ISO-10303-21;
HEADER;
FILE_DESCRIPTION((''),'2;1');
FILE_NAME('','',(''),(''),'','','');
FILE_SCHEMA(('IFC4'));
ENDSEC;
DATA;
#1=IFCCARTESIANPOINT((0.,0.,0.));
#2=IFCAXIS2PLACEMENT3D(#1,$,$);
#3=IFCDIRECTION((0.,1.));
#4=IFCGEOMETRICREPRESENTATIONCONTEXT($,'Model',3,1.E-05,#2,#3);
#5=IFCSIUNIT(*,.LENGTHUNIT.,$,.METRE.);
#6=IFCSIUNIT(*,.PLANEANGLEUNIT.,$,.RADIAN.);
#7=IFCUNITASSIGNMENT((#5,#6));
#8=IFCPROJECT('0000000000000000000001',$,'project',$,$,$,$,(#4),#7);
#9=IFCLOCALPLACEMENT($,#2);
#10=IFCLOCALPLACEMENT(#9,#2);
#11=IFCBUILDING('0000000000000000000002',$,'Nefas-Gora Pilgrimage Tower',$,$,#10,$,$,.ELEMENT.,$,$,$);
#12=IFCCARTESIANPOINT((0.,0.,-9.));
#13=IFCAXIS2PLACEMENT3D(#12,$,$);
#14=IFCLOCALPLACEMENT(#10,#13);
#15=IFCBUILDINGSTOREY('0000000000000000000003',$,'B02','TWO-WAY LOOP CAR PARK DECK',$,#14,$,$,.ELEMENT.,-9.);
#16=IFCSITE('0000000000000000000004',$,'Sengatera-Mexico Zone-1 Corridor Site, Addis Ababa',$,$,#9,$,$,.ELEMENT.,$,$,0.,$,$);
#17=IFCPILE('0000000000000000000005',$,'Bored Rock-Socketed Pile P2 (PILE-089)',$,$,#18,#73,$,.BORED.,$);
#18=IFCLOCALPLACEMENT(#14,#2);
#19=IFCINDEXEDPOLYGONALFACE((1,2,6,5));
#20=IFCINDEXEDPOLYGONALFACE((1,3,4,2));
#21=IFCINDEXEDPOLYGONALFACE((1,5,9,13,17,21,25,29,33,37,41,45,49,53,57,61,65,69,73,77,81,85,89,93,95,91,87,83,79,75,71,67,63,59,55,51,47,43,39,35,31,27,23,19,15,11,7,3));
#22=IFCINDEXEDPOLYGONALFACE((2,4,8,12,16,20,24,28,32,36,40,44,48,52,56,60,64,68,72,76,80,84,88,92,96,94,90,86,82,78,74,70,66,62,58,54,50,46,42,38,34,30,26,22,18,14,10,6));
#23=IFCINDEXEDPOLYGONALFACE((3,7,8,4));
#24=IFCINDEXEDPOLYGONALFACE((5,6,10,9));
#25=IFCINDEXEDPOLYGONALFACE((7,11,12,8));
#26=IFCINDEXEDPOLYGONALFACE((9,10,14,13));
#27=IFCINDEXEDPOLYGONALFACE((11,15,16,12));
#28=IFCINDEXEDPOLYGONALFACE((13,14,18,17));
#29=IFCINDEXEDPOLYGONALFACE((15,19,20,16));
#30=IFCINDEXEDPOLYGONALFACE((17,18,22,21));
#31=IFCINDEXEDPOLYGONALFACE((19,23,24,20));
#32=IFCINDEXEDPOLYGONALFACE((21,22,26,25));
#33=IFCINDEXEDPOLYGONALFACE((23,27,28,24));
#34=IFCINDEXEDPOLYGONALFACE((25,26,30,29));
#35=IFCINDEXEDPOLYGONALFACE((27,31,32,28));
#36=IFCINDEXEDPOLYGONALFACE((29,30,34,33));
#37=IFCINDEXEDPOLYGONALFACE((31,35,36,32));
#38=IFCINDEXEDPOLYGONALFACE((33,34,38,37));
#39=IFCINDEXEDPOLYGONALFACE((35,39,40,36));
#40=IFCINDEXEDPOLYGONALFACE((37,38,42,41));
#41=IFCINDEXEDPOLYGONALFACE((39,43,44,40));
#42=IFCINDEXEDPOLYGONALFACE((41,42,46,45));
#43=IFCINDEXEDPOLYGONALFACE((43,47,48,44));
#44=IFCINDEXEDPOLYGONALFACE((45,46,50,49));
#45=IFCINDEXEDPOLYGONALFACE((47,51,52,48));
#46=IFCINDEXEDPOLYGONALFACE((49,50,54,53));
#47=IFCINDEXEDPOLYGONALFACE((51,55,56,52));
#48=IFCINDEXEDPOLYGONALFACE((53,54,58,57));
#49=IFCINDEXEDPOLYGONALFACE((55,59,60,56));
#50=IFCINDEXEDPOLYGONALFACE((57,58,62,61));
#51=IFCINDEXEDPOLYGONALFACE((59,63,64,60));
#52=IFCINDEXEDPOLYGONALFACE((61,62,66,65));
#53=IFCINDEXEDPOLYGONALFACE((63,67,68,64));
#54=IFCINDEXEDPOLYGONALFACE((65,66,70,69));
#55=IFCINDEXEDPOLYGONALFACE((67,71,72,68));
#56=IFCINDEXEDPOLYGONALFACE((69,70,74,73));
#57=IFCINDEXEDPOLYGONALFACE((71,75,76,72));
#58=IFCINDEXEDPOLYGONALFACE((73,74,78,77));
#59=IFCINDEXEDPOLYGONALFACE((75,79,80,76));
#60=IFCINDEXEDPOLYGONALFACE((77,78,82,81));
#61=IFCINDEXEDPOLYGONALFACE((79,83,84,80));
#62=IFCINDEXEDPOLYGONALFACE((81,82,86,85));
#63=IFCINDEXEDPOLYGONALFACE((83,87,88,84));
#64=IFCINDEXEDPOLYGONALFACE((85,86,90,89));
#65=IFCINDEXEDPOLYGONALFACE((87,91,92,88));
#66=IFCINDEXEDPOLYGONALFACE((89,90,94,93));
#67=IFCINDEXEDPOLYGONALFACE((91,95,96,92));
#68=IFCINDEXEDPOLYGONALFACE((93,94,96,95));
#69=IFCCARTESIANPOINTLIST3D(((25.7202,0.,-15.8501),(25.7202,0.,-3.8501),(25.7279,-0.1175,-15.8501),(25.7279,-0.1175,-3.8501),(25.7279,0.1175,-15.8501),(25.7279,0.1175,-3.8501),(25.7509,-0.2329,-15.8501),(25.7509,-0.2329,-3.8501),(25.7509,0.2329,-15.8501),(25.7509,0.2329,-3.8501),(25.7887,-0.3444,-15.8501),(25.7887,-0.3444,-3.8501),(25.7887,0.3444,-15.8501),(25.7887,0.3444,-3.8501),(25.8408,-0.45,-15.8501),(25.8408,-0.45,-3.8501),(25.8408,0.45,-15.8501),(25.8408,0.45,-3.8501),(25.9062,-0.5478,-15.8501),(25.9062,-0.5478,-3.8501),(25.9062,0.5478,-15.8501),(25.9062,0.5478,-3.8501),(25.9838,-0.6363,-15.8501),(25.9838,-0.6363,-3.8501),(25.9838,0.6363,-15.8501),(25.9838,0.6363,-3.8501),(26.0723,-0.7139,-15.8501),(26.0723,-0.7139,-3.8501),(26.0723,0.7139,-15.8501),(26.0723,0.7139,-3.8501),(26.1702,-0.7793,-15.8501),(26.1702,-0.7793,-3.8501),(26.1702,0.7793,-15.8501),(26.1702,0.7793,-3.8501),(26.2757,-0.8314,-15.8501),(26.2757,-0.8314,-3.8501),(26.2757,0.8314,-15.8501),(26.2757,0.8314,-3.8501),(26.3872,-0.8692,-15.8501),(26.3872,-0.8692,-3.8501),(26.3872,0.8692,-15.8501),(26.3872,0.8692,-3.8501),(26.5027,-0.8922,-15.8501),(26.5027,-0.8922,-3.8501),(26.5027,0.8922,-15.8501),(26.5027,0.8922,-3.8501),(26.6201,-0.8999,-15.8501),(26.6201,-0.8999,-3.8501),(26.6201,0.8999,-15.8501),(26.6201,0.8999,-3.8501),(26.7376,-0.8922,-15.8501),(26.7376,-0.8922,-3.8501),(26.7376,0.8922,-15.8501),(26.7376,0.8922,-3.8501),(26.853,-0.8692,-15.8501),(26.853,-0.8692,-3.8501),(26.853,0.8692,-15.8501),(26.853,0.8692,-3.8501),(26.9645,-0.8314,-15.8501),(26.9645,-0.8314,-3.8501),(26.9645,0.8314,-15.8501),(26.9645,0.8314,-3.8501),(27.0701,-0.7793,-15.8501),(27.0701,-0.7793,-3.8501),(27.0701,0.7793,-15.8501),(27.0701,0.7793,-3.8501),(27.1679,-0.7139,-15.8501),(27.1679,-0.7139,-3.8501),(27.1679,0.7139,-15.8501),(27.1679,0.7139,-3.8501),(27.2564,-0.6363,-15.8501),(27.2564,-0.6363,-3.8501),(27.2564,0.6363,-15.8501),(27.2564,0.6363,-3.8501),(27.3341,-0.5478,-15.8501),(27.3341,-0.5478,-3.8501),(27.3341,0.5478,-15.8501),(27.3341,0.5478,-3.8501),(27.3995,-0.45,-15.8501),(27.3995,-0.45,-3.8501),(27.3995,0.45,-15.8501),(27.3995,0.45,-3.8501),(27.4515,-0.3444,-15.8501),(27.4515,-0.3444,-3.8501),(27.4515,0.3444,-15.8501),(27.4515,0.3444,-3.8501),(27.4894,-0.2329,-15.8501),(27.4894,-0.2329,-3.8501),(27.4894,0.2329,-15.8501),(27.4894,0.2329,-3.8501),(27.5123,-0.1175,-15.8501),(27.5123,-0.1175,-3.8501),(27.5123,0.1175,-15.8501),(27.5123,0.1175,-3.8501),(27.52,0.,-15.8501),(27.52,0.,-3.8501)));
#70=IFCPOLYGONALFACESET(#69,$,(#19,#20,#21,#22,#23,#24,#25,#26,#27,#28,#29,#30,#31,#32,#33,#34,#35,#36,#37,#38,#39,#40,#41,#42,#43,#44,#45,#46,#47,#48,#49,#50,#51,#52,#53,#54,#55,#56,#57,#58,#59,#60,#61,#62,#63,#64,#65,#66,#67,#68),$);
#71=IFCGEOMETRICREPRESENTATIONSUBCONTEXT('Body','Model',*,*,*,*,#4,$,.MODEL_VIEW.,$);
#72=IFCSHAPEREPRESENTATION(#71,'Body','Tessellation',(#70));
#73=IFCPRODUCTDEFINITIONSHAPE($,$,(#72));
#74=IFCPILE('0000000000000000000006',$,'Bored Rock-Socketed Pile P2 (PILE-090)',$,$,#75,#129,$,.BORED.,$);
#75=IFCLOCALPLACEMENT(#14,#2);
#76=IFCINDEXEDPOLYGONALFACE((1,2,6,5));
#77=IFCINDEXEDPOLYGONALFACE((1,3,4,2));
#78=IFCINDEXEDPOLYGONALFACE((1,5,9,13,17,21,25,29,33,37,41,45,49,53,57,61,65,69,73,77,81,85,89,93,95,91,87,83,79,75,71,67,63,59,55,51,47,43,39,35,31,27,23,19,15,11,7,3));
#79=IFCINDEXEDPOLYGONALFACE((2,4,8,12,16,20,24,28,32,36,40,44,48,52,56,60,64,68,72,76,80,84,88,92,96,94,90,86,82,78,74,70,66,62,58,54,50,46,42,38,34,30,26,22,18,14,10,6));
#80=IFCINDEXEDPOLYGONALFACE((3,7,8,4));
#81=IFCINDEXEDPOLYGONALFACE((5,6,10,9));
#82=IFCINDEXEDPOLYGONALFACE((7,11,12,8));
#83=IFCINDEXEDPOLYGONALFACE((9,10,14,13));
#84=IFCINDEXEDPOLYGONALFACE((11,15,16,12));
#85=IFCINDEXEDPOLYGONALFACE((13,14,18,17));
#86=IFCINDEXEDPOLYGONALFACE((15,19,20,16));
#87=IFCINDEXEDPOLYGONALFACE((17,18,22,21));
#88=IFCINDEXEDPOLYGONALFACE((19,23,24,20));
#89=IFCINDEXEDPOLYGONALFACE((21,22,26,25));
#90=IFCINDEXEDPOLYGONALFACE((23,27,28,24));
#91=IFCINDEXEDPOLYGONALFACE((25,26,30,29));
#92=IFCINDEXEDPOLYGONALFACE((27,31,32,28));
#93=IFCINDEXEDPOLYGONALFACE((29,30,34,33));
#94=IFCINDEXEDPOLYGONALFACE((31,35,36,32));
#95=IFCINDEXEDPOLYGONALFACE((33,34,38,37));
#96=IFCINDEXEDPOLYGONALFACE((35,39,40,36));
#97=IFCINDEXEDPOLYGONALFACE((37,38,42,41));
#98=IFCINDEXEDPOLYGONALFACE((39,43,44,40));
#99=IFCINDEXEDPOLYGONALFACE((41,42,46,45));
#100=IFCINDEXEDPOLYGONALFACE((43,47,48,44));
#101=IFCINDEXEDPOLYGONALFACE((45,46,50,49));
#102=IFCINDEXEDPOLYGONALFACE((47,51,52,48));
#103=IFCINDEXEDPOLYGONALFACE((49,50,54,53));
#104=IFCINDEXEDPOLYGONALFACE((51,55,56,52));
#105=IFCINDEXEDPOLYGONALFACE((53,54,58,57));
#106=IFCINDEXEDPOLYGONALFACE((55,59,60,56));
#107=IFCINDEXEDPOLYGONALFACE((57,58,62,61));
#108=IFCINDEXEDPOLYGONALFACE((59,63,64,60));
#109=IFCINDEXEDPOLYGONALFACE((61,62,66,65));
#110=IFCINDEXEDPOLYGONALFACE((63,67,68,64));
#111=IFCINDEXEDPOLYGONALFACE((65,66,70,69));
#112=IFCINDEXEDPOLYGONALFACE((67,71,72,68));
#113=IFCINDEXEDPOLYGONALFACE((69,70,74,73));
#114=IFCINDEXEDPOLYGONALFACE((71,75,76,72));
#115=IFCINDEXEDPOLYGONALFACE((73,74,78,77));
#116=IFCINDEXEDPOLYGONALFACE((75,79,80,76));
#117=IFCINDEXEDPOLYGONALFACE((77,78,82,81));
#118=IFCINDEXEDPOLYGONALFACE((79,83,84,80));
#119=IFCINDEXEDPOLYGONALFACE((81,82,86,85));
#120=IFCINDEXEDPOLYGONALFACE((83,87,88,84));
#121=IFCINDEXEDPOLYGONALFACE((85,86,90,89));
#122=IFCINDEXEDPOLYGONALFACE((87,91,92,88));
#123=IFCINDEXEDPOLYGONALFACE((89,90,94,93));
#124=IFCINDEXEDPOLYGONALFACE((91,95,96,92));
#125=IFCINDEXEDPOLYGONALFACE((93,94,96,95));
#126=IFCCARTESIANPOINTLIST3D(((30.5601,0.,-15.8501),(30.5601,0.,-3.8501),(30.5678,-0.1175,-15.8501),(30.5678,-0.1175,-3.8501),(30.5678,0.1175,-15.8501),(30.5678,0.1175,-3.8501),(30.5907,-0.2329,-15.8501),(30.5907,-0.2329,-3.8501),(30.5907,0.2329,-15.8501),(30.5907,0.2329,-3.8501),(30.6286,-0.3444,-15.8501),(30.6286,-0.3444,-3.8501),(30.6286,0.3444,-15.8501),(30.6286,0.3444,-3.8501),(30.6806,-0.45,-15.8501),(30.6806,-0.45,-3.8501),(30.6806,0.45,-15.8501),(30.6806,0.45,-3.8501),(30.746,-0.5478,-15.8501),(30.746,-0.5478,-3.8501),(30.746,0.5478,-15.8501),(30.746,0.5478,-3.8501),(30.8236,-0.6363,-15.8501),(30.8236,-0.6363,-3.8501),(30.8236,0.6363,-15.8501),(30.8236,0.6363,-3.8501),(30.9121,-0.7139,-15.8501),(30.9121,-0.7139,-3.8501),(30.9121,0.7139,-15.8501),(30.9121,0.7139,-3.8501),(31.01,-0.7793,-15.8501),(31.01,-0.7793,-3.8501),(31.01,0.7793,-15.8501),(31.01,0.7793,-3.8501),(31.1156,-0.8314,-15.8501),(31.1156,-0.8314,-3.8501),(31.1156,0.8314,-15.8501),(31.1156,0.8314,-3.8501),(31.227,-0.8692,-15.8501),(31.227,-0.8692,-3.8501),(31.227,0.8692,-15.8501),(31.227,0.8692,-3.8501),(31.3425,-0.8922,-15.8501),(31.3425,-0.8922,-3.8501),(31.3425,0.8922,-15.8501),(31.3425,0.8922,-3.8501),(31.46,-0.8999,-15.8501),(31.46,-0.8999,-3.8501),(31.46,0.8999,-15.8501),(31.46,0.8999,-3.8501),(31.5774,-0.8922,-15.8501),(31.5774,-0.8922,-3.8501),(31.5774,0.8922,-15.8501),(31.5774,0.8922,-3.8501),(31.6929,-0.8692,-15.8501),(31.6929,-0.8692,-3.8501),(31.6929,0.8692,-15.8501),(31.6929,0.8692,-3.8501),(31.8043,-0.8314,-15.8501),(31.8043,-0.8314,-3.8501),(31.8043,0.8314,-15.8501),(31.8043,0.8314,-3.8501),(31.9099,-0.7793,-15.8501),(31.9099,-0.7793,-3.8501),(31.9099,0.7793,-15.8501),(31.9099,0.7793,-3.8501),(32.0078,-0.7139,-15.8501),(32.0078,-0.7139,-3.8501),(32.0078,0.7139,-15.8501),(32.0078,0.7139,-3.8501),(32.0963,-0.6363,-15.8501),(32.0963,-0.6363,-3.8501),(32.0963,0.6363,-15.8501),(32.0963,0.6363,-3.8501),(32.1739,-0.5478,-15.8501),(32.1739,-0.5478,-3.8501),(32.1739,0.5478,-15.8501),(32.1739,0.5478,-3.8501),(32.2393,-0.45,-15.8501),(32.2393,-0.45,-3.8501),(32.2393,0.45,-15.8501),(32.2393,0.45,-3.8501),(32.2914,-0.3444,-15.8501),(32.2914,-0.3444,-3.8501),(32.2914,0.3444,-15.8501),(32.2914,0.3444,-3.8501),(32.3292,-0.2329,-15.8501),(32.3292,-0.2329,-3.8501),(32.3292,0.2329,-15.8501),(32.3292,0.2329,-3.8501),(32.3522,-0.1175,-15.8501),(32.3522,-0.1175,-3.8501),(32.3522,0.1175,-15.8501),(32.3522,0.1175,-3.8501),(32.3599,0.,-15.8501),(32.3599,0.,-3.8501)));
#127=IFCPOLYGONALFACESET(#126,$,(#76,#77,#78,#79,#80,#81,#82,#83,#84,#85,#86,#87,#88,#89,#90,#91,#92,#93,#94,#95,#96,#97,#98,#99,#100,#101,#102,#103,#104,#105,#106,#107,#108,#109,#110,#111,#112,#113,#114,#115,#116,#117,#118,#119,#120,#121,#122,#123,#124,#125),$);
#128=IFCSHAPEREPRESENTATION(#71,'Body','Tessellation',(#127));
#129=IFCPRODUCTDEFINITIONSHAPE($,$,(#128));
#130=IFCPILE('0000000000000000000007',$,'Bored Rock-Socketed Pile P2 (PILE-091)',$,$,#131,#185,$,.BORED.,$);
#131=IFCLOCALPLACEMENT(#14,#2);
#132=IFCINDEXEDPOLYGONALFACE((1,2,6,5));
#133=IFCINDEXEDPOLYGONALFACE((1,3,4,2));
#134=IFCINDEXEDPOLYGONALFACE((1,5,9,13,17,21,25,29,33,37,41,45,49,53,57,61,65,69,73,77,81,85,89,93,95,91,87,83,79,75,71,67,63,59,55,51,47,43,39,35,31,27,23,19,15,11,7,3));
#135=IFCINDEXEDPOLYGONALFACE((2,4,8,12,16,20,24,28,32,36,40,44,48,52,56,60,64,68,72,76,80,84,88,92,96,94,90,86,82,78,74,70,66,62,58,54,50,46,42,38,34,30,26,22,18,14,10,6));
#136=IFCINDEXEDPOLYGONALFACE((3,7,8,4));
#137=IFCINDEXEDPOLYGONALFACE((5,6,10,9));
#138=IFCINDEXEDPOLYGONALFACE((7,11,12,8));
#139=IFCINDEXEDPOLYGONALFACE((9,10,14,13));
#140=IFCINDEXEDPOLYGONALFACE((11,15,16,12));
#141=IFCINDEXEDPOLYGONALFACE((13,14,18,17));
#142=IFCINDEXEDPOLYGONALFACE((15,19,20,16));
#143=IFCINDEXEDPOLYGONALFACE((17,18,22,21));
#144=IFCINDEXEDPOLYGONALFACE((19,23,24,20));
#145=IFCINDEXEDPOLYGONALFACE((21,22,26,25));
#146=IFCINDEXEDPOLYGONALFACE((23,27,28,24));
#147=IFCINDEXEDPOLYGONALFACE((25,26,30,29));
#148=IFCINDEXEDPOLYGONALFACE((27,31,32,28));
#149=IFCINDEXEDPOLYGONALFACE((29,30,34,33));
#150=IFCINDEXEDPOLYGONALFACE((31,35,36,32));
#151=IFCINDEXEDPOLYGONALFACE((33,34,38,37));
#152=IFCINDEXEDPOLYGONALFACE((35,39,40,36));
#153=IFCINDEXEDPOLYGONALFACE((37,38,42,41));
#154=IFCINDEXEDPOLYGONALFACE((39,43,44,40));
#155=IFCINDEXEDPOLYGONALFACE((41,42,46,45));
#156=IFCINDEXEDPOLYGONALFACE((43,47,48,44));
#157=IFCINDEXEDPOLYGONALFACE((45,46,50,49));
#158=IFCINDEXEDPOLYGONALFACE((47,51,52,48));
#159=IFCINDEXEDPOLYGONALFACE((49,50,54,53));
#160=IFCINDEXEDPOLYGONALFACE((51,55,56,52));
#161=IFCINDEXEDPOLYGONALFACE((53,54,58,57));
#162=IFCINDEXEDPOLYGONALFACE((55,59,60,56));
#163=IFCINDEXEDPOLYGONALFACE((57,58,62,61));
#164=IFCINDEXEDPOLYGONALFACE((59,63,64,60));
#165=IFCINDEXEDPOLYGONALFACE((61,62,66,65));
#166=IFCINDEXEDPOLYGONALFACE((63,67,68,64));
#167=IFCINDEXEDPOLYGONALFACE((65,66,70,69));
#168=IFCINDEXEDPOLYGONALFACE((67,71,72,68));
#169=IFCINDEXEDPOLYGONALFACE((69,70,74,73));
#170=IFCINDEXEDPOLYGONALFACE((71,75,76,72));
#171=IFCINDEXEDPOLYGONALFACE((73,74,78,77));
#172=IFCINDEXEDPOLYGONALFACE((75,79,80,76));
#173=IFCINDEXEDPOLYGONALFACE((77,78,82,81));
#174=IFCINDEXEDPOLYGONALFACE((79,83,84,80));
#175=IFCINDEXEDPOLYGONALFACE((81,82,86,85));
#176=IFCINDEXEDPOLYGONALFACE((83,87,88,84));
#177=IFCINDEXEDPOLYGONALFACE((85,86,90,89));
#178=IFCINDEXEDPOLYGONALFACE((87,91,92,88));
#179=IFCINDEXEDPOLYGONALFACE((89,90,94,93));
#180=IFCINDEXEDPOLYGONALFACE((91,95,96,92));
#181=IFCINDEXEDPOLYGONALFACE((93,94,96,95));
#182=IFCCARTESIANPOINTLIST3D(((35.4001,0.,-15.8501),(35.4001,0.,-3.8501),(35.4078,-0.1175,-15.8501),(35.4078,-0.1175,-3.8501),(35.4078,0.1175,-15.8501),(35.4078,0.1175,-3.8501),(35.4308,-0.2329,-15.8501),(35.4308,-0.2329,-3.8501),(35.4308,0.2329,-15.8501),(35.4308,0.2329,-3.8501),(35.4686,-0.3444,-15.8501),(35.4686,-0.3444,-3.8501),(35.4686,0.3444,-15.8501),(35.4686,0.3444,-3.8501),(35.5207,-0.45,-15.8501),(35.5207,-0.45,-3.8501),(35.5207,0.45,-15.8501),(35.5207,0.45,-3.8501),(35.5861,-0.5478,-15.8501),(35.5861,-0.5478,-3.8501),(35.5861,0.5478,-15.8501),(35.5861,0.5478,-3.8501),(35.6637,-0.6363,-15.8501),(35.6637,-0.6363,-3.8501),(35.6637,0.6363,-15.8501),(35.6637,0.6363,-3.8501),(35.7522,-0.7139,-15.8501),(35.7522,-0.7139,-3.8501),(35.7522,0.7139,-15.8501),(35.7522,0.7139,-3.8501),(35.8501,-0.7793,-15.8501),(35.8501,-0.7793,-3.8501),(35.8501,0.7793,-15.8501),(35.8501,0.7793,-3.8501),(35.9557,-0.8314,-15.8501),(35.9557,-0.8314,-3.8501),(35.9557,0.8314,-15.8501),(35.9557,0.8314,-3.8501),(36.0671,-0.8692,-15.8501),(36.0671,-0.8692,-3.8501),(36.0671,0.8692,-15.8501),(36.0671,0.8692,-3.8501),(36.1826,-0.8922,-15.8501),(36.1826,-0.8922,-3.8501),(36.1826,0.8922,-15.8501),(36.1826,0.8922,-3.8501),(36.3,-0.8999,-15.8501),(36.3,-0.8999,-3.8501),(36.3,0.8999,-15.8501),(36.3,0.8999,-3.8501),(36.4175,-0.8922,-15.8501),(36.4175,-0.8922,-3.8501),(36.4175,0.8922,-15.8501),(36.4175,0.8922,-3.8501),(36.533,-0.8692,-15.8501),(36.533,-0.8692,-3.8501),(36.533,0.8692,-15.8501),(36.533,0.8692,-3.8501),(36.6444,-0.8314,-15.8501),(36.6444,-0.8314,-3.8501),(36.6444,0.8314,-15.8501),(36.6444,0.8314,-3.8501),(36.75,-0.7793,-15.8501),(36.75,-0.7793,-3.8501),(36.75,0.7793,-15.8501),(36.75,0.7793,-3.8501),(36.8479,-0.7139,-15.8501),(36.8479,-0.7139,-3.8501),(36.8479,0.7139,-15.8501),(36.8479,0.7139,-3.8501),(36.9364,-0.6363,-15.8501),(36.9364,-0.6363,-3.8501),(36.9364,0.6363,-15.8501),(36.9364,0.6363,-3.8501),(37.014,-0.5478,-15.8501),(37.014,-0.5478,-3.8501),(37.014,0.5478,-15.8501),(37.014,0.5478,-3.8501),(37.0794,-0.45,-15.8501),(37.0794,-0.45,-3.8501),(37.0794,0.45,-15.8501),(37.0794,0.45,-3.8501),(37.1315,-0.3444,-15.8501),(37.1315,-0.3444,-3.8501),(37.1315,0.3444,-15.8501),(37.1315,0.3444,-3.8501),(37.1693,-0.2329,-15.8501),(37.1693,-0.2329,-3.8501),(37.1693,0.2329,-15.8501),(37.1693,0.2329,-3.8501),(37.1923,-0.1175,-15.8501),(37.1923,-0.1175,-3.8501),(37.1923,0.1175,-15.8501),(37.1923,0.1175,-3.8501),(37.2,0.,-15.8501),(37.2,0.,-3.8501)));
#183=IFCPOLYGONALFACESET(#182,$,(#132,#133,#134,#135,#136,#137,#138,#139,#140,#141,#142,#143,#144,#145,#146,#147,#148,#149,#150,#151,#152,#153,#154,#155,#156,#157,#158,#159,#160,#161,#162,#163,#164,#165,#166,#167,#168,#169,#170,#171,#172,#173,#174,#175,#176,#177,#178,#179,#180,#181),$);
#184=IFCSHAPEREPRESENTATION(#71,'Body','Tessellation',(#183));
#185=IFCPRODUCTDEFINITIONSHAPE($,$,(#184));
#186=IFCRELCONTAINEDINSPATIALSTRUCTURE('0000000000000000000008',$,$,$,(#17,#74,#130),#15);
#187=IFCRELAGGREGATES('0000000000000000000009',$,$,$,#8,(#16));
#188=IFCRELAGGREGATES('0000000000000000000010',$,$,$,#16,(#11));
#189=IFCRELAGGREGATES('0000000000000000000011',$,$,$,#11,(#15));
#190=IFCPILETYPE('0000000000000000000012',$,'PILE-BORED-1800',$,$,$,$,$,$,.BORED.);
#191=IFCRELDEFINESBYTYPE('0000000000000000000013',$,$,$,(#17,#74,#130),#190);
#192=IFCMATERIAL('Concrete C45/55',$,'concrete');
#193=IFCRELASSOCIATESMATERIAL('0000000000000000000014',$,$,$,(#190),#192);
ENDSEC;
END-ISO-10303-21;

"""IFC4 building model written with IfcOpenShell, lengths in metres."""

from ifc_helpers import new_model, si_unit, direction, frame, origin, origin_2d, place, context, subcontext, project, spatial, circle, extrude, source, transform, mapped, material, material_profile, profile_set, type_object, element, save


model = new_model("IFC4")

# Units and contexts
model_context = context("Model", 3, precision=1e-05, world=origin(), true_north=direction((0.0, 1.0)))
body_context = subcontext(model_context, "Body", "Model", "MODEL_VIEW")
ifc_project = project(units=[si_unit("LENGTHUNIT", "METRE"), si_unit("PLANEANGLEUNIT", "RADIAN")], contexts=[model_context])

# Site, building, storey
site_placement = place(None, origin())
site = spatial("IfcSite", under=ifc_project, at=site_placement, Name="Sengatera-Mexico Zone-1 Corridor Site, Addis Ababa", CompositionType="ELEMENT", RefElevation=0.0)
building_placement = place(site_placement, origin())
building = spatial("IfcBuilding", under=site, at=building_placement, Name="Nefas-Gora Pilgrimage Tower", CompositionType="ELEMENT")
storey_placement = place(building_placement, frame((0.0, 0.0, -9.0)))
storey = spatial("IfcBuildingStorey", under=building, at=storey_placement, Name="B02", Description="TWO-WAY LOOP CAR PARK DECK", CompositionType="ELEMENT", Elevation=-9.0)

# Piles
ifc_material_1 = material(Name="Concrete C45/55", Category="concrete")
ifc_material_profile_1 = material_profile(ifc_material_1, circle(Radius=0.8999, at=origin_2d()), Name="PILE D1800")
ifc_profile_set_1 = profile_set([ifc_material_profile_1], Name="Concrete C45/55")
pile_type = type_object("IfcPileType", Name="PILE-BORED-1800", PredefinedType="BORED", material=ifc_profile_set_1)
shared_shape_1 = source(origin(), body_context, "Body", "SweptSolid", [
    extrude(circle(Radius=0.8999, at=origin_2d()), origin(), (0.0, 0.0, 1.0), 12.0),
])
for number, where, z_axis, x_axis, name in (
    (1, (26.6201, 0.0, -3.8501), (0.0, 0.0, -1.0), (1.0, 0.0, 0.0), "Bored Rock-Socketed Pile P2 (PILE-089)"),
    (2, (31.46, 0.0, -3.8501), (0.0, 0.0, -1.0), (1.0, 0.0, 0.0), "Bored Rock-Socketed Pile P2 (PILE-090)"),
    (3, (36.3, 0.0, -3.8501), (0.0, 0.0, -1.0), (1.0, 0.0, 0.0), "Bored Rock-Socketed Pile P2 (PILE-091)"),
):
    element("IfcPile", number, at=place(storey_placement, frame(where, z_axis=z_axis, x_axis=x_axis)), inside=storey, type_object=pile_type, Name=name, PredefinedType="BORED", context=body_context, shape_type="MappedRepresentation", body=[
        mapped(shared_shape_1, transform((0.0, 0.0, 0.0), x_axis=(1.0, 0.0, 0.0), y_axis=(0.0, 1.0, 0.0), z_axis=(0.0, 0.0, 1.0), scale=1.0)),
    ])

save(model, "model.ifc")
